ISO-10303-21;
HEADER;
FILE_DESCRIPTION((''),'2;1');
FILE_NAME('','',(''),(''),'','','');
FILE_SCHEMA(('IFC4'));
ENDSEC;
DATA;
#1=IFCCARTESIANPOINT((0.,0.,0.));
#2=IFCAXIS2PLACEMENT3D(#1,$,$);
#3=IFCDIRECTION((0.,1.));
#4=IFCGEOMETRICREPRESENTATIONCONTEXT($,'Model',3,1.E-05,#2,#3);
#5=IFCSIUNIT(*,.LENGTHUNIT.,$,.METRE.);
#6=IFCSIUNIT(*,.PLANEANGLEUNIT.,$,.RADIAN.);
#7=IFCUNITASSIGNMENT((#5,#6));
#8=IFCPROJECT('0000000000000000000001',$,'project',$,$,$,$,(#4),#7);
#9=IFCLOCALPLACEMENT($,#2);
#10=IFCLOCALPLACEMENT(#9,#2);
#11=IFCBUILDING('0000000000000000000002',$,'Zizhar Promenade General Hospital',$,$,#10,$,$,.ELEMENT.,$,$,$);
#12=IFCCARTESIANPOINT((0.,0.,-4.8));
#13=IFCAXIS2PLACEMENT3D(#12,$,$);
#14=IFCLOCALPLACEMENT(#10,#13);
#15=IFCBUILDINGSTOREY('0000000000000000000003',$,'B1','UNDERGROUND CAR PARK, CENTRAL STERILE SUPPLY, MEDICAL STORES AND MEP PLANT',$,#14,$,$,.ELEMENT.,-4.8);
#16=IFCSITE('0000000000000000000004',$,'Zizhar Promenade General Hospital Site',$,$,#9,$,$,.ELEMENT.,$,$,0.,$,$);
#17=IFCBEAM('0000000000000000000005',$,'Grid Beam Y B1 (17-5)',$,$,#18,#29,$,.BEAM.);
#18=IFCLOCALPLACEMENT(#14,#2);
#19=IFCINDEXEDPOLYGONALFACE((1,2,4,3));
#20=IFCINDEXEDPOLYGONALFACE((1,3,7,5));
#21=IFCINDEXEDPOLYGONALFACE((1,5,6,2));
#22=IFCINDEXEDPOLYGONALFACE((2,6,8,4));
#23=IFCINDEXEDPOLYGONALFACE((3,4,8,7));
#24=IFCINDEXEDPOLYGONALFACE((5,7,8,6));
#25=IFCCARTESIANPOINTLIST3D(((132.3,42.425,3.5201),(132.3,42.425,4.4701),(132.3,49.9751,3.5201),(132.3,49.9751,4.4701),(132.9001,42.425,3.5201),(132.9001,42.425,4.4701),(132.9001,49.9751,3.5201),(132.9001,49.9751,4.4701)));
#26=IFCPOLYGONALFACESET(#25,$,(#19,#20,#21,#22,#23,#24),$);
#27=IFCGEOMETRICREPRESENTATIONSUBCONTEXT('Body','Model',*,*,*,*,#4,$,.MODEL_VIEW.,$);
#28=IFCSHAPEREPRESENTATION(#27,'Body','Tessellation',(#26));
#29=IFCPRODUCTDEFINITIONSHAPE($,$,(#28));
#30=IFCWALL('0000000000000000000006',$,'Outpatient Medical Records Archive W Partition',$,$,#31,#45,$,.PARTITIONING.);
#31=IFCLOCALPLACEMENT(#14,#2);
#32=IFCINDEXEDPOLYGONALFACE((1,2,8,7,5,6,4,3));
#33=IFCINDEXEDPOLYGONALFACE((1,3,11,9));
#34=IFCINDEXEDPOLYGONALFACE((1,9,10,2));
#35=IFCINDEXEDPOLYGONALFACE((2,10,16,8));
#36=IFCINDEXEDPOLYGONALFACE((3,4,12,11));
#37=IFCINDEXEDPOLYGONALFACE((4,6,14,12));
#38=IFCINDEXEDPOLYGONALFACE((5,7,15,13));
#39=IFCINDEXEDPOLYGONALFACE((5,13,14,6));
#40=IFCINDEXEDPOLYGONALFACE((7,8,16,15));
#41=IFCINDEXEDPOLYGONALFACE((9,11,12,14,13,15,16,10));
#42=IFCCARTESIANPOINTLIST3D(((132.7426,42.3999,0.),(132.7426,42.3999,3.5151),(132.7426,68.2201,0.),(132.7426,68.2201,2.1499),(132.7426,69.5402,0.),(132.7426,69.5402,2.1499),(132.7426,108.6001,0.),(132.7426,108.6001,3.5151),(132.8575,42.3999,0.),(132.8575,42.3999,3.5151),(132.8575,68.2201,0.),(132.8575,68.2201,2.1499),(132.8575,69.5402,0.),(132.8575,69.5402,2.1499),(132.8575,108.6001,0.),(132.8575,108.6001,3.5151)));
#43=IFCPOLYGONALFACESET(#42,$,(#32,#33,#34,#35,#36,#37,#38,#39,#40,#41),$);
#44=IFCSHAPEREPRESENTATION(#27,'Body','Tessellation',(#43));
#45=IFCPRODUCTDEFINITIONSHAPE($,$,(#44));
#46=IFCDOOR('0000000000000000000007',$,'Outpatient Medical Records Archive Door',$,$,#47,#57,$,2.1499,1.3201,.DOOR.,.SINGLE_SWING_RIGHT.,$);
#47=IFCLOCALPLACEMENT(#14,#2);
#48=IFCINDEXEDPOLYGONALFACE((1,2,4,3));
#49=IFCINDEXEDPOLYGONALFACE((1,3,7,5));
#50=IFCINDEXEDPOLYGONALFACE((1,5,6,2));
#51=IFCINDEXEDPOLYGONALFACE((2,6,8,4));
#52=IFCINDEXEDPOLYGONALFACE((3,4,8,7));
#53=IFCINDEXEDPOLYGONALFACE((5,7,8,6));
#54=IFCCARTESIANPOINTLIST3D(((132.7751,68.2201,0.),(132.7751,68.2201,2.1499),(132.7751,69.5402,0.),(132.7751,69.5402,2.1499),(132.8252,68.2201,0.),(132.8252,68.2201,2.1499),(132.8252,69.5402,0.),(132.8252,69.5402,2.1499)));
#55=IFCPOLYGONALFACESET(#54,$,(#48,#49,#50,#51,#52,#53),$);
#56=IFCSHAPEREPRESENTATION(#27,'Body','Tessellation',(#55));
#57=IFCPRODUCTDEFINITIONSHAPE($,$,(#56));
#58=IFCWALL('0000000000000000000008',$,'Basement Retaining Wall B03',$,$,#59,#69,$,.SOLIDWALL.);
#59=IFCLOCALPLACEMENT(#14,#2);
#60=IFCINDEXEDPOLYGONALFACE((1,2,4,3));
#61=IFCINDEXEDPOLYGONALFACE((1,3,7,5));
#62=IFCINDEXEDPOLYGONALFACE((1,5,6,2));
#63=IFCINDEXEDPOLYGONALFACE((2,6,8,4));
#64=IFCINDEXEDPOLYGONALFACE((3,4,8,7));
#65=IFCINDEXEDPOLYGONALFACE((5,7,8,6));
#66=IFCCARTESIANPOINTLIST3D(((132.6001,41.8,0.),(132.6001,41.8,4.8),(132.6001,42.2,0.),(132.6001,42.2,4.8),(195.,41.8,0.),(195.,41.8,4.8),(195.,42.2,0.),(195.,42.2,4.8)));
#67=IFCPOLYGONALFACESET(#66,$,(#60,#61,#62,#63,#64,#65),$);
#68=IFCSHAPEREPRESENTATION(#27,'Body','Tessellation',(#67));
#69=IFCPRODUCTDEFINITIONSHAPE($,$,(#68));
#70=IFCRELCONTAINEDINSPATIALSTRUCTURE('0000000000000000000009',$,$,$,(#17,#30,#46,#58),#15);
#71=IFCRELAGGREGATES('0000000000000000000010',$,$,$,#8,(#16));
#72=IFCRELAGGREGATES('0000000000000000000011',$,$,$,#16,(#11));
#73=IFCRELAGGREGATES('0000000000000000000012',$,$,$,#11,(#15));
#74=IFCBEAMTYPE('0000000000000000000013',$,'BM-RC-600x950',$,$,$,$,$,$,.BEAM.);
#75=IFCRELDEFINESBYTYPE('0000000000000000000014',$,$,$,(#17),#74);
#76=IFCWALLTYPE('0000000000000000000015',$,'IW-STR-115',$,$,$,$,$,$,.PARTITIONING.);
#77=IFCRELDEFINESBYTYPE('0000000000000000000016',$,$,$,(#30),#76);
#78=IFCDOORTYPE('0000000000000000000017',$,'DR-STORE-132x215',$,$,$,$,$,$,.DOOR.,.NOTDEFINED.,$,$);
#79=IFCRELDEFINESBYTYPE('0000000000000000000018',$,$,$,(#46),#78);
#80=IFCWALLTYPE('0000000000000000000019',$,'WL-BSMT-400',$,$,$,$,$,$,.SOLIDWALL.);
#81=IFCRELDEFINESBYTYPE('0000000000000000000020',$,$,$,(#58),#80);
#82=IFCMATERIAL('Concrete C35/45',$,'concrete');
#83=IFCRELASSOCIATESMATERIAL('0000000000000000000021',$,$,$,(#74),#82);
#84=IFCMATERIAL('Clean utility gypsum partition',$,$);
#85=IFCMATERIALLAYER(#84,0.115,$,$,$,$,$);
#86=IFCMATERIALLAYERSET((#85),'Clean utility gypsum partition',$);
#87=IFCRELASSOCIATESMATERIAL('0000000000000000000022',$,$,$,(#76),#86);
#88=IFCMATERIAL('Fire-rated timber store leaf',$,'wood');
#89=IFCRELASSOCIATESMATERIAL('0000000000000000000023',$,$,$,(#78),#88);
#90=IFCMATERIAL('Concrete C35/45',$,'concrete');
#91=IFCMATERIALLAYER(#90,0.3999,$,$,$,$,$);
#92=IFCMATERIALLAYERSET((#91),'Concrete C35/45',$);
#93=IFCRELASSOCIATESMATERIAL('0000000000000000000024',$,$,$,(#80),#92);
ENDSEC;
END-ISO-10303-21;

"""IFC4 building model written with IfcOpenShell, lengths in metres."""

from ifc_helpers import new_model, si_unit, direction, frame, frame_2d, origin, origin_2d, place, context, subcontext, project, spatial, rectangle, extrude, material, layer, layer_set, material_profile, profile_set, type_object, element, fill, save


model = new_model("IFC4")

# Units and contexts
model_context = context("Model", 3, precision=1e-05, world=origin(), true_north=direction((0.0, 1.0)))
body_context = subcontext(model_context, "Body", "Model", "MODEL_VIEW")
ifc_project = project(units=[si_unit("LENGTHUNIT", "METRE"), si_unit("PLANEANGLEUNIT", "RADIAN")], contexts=[model_context])

# Site, building, storey
site_placement = place(None, origin())
site = spatial("IfcSite", under=ifc_project, at=site_placement, Name="Zizhar Promenade General Hospital Site", CompositionType="ELEMENT", RefElevation=0.0)
building_placement = place(site_placement, origin())
building = spatial("IfcBuilding", under=site, at=building_placement, Name="Zizhar Promenade General Hospital", CompositionType="ELEMENT")
storey_placement = place(building_placement, frame((0.0, 0.0, -4.8)))
storey = spatial("IfcBuildingStorey", under=building, at=storey_placement, Name="B1", Description="UNDERGROUND CAR PARK, CENTRAL STERILE SUPPLY, MEDICAL STORES AND MEP PLANT", CompositionType="ELEMENT", Elevation=-4.8)

# Beam
ifc_material_1 = material(Name="Concrete C35/45", Category="concrete")
ifc_material_profile_1 = material_profile(ifc_material_1, rectangle(XDim=0.6001, YDim=0.95, at=origin_2d()))
ifc_profile_set_1 = profile_set([ifc_material_profile_1], Name="Concrete C35/45")
beam_type = type_object("IfcBeamType", Name="BM-RC-600x950", PredefinedType="BEAM", material=ifc_profile_set_1)
for number, where, z_axis, x_axis, name in (
    (1, (132.6001, 42.425, 3.9951), (0.0, 1.0, 0.0), (-1.0, 0.0, 0.0), "Grid Beam Y B1 (17-5)"),
):
    element("IfcBeam", number, at=place(storey_placement, frame(where, z_axis=z_axis, x_axis=x_axis)), inside=storey, type_object=beam_type, Name=name, PredefinedType="BEAM", context=body_context, shape_type="SweptSolid", body=[
        extrude(rectangle(XDim=0.6001, YDim=0.95, at=origin_2d()), origin(), (0.0, 0.0, 1.0), 7.55),
    ])

# Wall, opening, door
ifc_material_2 = material(Name="Clean utility gypsum partition")
ifc_layer_1 = layer(ifc_material_2, 0.115)
ifc_layer_set_1 = layer_set([ifc_layer_1], Name="Clean utility gypsum partition")
wall_type_1 = type_object("IfcWallType", Name="IW-STR-115", PredefinedType="PARTITIONING", material=ifc_layer_set_1)
wall_1_placement = place(storey_placement, frame((132.8, 42.3999, 0.0), z_axis=(0.0, 0.0, 1.0), x_axis=(0.0, 1.0, 0.0)))
wall_1 = element("IfcWall", 2, at=wall_1_placement, inside=storey, type_object=wall_type_1, Name="Outpatient Medical Records Archive W Partition", PredefinedType="PARTITIONING", context=body_context, shape_type="SweptSolid", body=[
    extrude(rectangle(XDim=66.2002, YDim=0.115, at=frame_2d((33.1001, 0.0))), origin(), (0.0, 0.0, 1.0), 3.5151),
])
opening_placement = place(wall_1_placement, frame((25.8201, 0.0, 0.0)))
opening = element("IfcOpeningElement", 3, at=opening_placement, cuts=wall_1, PredefinedType="OPENING", context=body_context, shape_type="SweptSolid", body=[
    extrude(rectangle(XDim=1.3201, YDim=2.1499, at=frame_2d((0.6602, 1.075))), frame((0.0, 0.0674, 0.0), z_axis=(0.0, -1.0, 0.0), x_axis=(1.0, 0.0, 0.0)), (0.0, 0.0, 1.0), 0.135),
])
ifc_material_3 = material(Name="Fire-rated timber store leaf", Category="wood")
door_type = type_object("IfcDoorType", Name="DR-STORE-132x215", OperationType="NOTDEFINED", PredefinedType="DOOR", material=ifc_material_3)
door_placement = place(opening_placement, origin())
door = element("IfcDoor", 4, at=door_placement, inside=storey, type_object=door_type, Name="Outpatient Medical Records Archive Door", OperationType="SINGLE_SWING_RIGHT", OverallHeight=2.1499, OverallWidth=1.3201, PredefinedType="DOOR", context=body_context, shape_type="SweptSolid", body=[
    extrude(rectangle(XDim=1.3201, YDim=2.1499, at=frame_2d((0.6602, 1.075))), frame((0.0, 0.0249, 0.0), z_axis=(0.0, -1.0, 0.0), x_axis=(1.0, 0.0, 0.0)), (0.0, 0.0, 1.0), 0.05),
])
fill(opening, door)

# Wall
ifc_material_4 = material(Name="Concrete C35/45", Category="concrete")
ifc_layer_2 = layer(ifc_material_4, 0.3999)
ifc_layer_set_2 = layer_set([ifc_layer_2], Name="Concrete C35/45")
wall_type_2 = type_object("IfcWallType", Name="WL-BSMT-400", PredefinedType="SOLIDWALL", material=ifc_layer_set_2)
wall_2_placement = place(storey_placement, frame((132.6001, 42.0, 0.0), z_axis=(0.0, 0.0, 1.0), x_axis=(1.0, 0.0, 0.0)))
element("IfcWall", 5, at=wall_2_placement, inside=storey, type_object=wall_type_2, Name="Basement Retaining Wall B03", PredefinedType="SOLIDWALL", context=body_context, shape_type="SweptSolid", body=[
    extrude(rectangle(XDim=62.3999, YDim=0.3999, at=frame_2d((31.2, 0.0))), origin(), (0.0, 0.0, 1.0), 4.8),
])

save(model, "model.ifc")
